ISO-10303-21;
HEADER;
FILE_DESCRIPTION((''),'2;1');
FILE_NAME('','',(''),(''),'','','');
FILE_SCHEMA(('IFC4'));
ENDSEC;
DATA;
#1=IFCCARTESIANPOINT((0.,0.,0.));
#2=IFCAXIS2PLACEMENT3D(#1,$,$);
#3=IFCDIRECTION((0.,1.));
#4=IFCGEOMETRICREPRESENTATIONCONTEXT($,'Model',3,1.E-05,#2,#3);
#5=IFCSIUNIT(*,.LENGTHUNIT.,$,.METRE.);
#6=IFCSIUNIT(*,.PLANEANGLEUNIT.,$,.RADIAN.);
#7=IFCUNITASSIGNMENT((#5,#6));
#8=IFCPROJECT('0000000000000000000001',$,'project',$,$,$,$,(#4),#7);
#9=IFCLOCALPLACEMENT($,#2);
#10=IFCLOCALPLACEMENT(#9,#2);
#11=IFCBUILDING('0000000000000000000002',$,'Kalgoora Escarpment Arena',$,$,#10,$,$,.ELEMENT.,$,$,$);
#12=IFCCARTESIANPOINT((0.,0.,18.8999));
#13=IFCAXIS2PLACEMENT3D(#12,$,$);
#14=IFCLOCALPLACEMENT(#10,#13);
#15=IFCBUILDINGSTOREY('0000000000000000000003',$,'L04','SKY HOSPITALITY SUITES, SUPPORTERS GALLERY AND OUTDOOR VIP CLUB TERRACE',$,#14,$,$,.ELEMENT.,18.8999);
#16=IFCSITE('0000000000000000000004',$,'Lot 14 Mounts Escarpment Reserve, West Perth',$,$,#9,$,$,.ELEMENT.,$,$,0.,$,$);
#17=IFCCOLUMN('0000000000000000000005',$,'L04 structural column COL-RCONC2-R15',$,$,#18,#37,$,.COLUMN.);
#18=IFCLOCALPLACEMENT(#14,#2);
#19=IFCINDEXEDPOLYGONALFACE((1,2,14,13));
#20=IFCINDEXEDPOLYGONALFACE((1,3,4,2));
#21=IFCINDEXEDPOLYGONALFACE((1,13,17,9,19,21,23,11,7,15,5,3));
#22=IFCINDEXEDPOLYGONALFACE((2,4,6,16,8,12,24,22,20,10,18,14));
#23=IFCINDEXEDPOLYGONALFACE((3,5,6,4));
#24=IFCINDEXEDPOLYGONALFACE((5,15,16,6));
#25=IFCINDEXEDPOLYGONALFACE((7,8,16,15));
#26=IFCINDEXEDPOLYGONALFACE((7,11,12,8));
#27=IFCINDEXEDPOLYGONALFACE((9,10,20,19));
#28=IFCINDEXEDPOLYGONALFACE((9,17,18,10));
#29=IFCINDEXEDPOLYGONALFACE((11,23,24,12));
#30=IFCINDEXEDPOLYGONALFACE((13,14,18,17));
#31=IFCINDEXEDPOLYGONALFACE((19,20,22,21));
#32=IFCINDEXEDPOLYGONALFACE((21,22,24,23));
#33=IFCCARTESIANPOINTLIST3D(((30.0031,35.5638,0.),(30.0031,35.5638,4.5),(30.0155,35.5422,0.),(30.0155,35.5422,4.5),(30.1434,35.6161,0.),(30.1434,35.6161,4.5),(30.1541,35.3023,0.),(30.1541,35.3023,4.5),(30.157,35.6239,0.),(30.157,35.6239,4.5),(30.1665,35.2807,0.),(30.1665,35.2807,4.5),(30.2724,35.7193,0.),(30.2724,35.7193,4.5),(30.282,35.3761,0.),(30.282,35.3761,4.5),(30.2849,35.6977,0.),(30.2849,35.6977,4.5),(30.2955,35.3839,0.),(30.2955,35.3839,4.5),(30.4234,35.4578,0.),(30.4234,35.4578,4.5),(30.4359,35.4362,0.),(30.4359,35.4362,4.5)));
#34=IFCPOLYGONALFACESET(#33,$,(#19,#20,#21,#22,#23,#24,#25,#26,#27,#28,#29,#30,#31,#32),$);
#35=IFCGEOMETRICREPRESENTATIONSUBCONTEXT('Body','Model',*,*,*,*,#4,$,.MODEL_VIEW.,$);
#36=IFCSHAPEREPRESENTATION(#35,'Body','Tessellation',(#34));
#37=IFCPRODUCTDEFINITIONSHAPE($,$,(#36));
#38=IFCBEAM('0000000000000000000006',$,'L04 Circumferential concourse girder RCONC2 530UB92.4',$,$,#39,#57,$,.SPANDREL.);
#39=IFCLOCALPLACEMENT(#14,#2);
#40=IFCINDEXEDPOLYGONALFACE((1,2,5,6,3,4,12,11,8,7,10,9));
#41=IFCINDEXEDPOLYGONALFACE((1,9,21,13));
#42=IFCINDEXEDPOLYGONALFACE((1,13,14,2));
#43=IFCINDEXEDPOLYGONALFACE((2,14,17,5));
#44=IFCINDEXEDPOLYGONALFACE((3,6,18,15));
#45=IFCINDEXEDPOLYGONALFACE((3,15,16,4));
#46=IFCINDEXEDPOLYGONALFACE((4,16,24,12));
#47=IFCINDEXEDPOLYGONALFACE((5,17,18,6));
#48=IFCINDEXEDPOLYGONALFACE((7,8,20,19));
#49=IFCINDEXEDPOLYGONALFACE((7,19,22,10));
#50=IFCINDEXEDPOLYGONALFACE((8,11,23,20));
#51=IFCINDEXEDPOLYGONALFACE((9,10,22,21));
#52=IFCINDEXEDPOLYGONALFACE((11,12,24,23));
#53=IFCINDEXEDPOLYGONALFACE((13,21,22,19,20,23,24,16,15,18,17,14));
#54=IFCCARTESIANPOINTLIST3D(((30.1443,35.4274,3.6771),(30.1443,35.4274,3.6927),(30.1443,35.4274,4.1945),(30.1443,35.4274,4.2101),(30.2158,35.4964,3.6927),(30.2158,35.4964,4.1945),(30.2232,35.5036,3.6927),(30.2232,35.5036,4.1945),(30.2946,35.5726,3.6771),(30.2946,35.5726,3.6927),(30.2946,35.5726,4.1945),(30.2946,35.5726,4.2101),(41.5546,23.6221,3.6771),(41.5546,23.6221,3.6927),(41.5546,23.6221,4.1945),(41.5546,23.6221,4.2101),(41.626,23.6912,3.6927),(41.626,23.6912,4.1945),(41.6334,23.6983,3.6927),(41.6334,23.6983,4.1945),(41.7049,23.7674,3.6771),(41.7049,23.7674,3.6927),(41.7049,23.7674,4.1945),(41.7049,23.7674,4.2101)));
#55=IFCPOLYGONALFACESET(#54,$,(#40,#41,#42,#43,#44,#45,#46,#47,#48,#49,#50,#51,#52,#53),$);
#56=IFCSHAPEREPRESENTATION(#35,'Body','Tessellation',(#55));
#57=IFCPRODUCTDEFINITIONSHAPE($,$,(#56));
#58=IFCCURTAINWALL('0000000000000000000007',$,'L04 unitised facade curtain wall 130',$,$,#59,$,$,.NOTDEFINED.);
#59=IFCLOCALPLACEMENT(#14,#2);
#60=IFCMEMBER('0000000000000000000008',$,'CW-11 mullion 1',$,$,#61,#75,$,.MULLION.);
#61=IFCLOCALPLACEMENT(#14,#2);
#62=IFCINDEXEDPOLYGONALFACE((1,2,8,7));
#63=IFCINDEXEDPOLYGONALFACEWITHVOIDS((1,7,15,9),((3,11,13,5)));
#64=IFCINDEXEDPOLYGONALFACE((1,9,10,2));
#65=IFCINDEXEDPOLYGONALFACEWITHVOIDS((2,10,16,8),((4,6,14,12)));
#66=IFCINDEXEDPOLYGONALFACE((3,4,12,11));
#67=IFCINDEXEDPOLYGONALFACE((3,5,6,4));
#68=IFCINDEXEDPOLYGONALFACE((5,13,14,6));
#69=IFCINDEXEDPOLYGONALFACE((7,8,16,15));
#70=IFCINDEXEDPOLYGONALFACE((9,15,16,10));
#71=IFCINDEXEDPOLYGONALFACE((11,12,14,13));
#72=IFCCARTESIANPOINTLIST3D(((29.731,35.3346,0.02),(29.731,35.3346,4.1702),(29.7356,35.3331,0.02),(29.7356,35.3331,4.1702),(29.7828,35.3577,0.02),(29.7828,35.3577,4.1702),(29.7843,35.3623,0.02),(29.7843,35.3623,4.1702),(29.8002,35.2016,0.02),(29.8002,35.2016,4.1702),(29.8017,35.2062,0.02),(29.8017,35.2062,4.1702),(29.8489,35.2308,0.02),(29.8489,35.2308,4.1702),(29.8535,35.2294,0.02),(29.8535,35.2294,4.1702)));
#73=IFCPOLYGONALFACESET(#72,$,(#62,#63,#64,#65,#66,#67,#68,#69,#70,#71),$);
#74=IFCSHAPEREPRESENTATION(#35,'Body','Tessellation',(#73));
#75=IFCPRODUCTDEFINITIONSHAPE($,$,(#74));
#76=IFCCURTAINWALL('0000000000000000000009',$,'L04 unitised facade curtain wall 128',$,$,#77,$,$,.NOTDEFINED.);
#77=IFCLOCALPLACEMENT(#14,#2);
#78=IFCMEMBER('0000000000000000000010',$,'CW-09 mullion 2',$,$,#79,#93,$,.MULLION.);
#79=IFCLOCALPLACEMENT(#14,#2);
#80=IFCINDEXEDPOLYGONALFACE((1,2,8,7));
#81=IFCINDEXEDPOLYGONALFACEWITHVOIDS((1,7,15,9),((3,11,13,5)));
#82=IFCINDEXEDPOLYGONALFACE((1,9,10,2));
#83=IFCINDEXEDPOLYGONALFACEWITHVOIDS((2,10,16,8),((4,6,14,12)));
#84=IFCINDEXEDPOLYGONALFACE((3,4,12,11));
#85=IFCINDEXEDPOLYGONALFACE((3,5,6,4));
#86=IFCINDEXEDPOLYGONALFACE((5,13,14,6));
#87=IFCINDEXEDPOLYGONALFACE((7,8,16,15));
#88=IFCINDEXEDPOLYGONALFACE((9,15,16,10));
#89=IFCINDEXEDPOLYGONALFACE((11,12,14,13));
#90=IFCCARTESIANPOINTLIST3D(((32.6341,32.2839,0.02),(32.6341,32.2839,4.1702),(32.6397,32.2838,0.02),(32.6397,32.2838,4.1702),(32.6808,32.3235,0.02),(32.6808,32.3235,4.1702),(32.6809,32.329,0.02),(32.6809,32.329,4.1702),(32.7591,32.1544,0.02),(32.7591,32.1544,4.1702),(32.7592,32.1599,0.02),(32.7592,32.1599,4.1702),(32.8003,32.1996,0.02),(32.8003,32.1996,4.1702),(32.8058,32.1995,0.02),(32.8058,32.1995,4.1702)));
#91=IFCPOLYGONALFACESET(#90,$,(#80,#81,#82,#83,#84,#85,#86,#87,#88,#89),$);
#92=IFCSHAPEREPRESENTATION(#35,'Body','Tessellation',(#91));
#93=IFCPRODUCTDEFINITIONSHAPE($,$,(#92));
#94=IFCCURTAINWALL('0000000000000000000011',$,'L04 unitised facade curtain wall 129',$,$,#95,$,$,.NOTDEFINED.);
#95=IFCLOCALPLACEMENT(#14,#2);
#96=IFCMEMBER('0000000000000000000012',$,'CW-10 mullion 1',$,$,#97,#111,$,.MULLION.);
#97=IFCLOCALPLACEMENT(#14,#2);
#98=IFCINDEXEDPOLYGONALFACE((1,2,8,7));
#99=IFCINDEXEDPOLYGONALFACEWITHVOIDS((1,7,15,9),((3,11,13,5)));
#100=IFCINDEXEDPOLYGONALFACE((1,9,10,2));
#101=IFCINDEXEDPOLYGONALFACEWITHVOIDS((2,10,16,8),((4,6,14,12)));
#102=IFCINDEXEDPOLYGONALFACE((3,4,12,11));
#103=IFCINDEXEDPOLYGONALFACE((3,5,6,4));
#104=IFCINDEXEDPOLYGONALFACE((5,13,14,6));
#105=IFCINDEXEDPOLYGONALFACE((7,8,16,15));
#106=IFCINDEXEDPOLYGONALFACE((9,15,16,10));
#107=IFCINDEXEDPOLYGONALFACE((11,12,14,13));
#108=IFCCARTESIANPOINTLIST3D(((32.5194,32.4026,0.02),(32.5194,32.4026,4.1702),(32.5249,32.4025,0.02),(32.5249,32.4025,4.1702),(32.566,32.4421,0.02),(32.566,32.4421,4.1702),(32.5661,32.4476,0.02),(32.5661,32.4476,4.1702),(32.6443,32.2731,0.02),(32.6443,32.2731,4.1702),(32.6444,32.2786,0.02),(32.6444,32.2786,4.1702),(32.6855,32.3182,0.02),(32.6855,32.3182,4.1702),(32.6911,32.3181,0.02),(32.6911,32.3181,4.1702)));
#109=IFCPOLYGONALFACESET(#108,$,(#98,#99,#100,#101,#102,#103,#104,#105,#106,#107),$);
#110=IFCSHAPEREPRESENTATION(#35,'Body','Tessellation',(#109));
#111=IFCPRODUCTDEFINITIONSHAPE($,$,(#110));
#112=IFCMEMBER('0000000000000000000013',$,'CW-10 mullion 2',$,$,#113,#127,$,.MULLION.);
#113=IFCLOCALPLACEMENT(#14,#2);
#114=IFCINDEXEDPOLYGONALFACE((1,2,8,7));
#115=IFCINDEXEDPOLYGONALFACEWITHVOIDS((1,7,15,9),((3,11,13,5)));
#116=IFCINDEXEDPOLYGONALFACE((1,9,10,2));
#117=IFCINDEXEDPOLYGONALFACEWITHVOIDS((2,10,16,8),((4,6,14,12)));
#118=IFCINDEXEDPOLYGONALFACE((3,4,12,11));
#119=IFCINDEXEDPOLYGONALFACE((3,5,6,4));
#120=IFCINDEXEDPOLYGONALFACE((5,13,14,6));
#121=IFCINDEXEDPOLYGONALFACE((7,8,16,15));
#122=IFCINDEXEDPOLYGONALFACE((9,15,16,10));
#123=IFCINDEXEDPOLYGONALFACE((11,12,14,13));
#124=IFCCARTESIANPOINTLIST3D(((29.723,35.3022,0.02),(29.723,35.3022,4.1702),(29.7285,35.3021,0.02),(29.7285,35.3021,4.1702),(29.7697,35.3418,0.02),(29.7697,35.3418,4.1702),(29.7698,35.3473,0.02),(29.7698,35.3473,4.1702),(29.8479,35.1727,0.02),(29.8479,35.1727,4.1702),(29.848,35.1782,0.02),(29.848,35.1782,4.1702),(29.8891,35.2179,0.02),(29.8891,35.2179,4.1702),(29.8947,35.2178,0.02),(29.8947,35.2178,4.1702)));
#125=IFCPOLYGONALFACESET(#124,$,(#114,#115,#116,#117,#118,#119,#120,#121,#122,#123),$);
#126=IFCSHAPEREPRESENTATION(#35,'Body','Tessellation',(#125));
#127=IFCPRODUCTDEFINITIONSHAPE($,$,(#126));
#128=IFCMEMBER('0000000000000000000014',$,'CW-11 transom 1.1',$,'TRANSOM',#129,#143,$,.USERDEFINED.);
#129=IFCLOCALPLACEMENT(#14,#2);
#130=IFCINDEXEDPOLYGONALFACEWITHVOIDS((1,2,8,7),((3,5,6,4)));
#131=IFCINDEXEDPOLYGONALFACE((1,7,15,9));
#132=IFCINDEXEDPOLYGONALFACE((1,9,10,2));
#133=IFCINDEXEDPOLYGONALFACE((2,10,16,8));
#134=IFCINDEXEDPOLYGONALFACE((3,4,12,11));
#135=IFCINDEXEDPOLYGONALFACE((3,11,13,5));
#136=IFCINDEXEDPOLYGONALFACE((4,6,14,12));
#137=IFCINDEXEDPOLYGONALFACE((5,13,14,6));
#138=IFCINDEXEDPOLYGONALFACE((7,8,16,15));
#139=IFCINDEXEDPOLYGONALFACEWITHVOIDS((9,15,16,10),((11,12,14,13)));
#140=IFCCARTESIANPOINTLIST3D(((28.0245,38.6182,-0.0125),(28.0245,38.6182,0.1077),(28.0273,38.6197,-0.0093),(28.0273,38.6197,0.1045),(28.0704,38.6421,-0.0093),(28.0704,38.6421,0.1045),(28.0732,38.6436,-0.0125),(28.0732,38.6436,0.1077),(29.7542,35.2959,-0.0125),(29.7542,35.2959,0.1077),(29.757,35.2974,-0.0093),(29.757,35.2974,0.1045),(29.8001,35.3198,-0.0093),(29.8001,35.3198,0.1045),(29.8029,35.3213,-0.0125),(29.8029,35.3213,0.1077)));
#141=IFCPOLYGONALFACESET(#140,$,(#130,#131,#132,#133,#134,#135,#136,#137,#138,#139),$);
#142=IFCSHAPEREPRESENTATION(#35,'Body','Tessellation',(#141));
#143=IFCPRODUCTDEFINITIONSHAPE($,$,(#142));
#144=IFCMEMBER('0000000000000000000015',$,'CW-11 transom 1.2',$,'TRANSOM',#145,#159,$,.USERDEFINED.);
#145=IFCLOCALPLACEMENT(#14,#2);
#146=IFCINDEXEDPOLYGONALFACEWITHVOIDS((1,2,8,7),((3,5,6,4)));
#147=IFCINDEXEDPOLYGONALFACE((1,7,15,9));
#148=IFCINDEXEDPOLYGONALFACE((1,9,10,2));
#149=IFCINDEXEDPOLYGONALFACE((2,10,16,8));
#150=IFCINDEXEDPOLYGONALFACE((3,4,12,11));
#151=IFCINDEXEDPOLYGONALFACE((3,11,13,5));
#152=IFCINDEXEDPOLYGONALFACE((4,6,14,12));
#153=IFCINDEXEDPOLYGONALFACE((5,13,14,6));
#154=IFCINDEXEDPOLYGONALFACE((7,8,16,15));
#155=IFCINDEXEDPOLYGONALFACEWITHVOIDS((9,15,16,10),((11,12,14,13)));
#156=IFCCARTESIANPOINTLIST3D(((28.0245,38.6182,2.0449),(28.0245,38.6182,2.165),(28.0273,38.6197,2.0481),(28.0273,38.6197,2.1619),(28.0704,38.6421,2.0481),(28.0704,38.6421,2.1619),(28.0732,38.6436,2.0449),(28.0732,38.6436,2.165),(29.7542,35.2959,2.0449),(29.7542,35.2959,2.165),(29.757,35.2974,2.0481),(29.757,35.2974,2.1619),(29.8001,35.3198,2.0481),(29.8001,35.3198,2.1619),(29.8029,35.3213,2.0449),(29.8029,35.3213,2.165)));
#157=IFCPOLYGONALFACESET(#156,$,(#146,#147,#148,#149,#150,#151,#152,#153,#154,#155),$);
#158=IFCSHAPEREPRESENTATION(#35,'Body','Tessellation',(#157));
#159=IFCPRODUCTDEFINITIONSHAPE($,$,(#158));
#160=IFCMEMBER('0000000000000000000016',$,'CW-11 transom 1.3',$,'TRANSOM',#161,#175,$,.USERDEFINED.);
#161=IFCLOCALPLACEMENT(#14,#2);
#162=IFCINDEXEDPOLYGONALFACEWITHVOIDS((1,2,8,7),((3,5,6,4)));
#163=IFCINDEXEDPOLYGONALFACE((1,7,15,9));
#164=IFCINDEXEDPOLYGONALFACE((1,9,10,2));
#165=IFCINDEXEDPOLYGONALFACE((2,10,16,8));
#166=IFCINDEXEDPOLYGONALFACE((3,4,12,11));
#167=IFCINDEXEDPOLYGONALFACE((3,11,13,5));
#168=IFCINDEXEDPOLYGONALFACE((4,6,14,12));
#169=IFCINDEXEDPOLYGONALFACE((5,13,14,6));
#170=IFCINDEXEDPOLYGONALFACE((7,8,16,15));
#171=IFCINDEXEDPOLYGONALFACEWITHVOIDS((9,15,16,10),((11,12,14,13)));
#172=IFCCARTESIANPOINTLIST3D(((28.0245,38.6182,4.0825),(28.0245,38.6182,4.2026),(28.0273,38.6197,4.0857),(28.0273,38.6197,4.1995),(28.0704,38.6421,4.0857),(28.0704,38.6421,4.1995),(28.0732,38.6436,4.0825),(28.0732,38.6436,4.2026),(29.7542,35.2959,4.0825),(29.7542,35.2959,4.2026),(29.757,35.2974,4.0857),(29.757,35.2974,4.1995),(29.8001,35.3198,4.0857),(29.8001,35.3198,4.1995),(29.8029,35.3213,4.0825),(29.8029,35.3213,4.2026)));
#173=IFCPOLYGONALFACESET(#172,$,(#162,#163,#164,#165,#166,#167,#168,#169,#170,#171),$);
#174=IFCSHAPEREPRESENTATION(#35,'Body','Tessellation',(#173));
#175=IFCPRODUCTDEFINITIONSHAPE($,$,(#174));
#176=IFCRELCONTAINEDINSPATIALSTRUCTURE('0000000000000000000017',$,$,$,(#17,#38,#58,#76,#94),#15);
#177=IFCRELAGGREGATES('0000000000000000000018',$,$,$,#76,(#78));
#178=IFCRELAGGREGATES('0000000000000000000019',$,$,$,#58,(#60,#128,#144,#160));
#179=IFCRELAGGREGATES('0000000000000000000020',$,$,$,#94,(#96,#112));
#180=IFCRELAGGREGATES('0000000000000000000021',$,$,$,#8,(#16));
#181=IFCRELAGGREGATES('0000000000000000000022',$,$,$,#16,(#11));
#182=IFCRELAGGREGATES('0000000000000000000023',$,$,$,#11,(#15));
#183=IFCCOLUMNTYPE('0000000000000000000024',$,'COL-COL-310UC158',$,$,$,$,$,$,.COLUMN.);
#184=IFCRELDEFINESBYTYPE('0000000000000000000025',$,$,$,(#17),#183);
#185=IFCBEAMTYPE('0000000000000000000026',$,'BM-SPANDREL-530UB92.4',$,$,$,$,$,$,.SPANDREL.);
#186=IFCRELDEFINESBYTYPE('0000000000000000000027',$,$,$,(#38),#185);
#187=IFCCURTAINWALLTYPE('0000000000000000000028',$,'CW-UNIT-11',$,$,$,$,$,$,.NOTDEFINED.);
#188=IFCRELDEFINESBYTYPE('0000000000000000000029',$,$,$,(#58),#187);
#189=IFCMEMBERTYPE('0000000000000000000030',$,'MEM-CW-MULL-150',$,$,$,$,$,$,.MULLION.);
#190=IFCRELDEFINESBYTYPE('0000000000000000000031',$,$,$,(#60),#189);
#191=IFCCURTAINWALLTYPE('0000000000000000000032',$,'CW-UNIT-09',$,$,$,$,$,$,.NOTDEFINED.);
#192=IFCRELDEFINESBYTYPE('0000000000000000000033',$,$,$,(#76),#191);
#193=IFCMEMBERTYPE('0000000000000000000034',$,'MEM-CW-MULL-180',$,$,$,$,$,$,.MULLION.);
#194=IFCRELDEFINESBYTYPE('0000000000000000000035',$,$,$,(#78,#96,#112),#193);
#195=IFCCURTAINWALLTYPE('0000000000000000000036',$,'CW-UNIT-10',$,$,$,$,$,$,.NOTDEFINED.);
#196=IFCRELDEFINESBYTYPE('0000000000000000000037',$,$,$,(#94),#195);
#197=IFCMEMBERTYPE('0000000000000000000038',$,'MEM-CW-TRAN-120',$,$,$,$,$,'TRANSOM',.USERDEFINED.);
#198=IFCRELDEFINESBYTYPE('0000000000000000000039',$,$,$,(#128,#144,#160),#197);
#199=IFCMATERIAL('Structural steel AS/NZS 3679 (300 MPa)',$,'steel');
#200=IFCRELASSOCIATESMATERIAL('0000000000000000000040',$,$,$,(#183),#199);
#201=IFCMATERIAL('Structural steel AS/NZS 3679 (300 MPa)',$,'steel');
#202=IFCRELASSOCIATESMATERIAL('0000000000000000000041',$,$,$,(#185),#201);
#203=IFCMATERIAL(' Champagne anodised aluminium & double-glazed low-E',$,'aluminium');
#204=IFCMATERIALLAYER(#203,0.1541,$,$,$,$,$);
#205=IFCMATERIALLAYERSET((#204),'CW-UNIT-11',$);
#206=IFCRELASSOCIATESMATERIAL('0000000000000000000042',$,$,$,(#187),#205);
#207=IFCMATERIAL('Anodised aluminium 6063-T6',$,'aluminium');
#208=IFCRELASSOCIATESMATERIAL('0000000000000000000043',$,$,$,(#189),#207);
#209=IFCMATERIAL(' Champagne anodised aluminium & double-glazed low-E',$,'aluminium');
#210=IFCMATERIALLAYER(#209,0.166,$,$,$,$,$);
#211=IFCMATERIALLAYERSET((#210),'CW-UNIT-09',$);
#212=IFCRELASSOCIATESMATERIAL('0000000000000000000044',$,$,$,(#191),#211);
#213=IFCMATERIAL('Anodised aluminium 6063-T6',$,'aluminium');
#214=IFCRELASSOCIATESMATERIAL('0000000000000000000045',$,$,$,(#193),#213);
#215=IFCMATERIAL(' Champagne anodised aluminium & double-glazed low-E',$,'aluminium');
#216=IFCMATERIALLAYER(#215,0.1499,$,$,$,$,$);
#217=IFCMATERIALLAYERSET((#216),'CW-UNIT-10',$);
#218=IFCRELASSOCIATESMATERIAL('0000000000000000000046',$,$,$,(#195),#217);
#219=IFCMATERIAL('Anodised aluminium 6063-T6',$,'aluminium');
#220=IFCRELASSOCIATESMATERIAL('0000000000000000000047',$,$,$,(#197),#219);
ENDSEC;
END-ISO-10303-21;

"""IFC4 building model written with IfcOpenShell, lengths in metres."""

from ifc_helpers import new_model, si_unit, direction, frame, origin, origin_2d, place, context, subcontext, project, spatial, hollow_rectangle, i_section, extrude, material, layer, layer_set, material_profile, profile_set, type_object, element, aggregate, save


model = new_model("IFC4")

# Units and contexts
model_context = context("Model", 3, precision=1e-05, world=origin(), true_north=direction((0.0, 1.0)))
body_context = subcontext(model_context, "Body", "Model", "MODEL_VIEW")
ifc_project = project(units=[si_unit("LENGTHUNIT", "METRE"), si_unit("PLANEANGLEUNIT", "RADIAN")], contexts=[model_context])

# Site, building, storey
site_placement = place(None, origin())
site = spatial("IfcSite", under=ifc_project, at=site_placement, Name="Lot 14 Mounts Escarpment Reserve, West Perth", CompositionType="ELEMENT", RefElevation=0.0)
building_placement = place(site_placement, origin())
building = spatial("IfcBuilding", under=site, at=building_placement, Name="Kalgoora Escarpment Arena", CompositionType="ELEMENT")
storey_placement = place(building_placement, frame((0.0, 0.0, 18.8999)))
storey = spatial("IfcBuildingStorey", under=building, at=storey_placement, Name="L04", Description="SKY HOSPITALITY SUITES, SUPPORTERS GALLERY AND OUTDOOR VIP CLUB TERRACE", CompositionType="ELEMENT", Elevation=18.8999)

# Column
ifc_material_1 = material(Name="Structural steel AS/NZS 3679 (300 MPa)", Category="steel")
ifc_material_profile_1 = material_profile(ifc_material_1, i_section(OverallWidth=0.311, OverallDepth=0.3269, WebThickness=0.0156, FlangeThickness=0.0249, at=origin_2d()))
ifc_profile_set_1 = profile_set([ifc_material_profile_1], Name="Structural steel AS/NZS 3679 (300 MPa)")
column_type = type_object("IfcColumnType", Name="COL-COL-310UC158", PredefinedType="COLUMN", material=ifc_profile_set_1)
column_placement = place(storey_placement, frame((30.2195, 35.5, 0.0), z_axis=(0.0, 0.0, 1.0), x_axis=(-0.866025, -0.5, 0.0)))
element("IfcColumn", 1, at=column_placement, inside=storey, type_object=column_type, Name="L04 structural column COL-RCONC2-R15", PredefinedType="COLUMN", context=body_context, shape_type="SweptSolid", body=[
    extrude(i_section(OverallWidth=0.311, OverallDepth=0.3269, WebThickness=0.0156, FlangeThickness=0.0249, at=origin_2d()), origin(), (0.0, 0.0, 1.0), 4.5),
])

# Beam
ifc_material_2 = material(Name="Structural steel AS/NZS 3679 (300 MPa)", Category="steel")
ifc_material_profile_2 = material_profile(ifc_material_2, i_section(OverallWidth=0.209, OverallDepth=0.533, WebThickness=0.0103, FlangeThickness=0.0156, at=origin_2d()))
ifc_profile_set_2 = profile_set([ifc_material_profile_2], Name="Structural steel AS/NZS 3679 (300 MPa)")
beam_type = type_object("IfcBeamType", Name="BM-SPANDREL-530UB92.4", PredefinedType="SPANDREL", material=ifc_profile_set_2)
beam_placement = place(storey_placement, frame((30.2195, 35.5, 3.9436), z_axis=(0.694974, -0.719034, 0.0), x_axis=(0.719034, 0.694974, 0.0)))
element("IfcBeam", 2, at=beam_placement, inside=storey, type_object=beam_type, Name="L04 Circumferential concourse girder RCONC2 530UB92.4", PredefinedType="SPANDREL", context=body_context, shape_type="SweptSolid", body=[
    extrude(i_section(OverallWidth=0.209, OverallDepth=0.533, WebThickness=0.0103, FlangeThickness=0.0156, at=origin_2d()), origin(), (0.0, 0.0, 1.0), 16.4182),
])

# Curtain walls, members
ifc_material_3 = material(Name=" Champagne anodised aluminium & double-glazed low-E", Category="aluminium")
ifc_layer_1 = layer(ifc_material_3, 0.1541)
ifc_layer_set_1 = layer_set([ifc_layer_1], Name="CW-UNIT-11")
curtain_wall_type_1 = type_object("IfcCurtainWallType", Name="CW-UNIT-11", PredefinedType="NOTDEFINED", material=ifc_layer_set_1)
curtain_wall_1_placement = place(storey_placement, origin())
curtain_wall_1 = element("IfcCurtainWall", 3, at=curtain_wall_1_placement, inside=storey, type_object=curtain_wall_type_1, Name="L04 unitised facade curtain wall 130", PredefinedType="NOTDEFINED")
ifc_material_4 = material(Name="Anodised aluminium 6063-T6", Category="aluminium")
ifc_material_profile_3 = material_profile(ifc_material_4, hollow_rectangle(XDim=0.0601, YDim=0.1499, WallThickness=0.0034, at=origin_2d()))
ifc_profile_set_3 = profile_set([ifc_material_profile_3], Name="Anodised aluminium 6063-T6")
member_type_1 = type_object("IfcMemberType", Name="MEM-CW-MULL-150", PredefinedType="MULLION", material=ifc_profile_set_3)
member_1_placement = place(storey_placement, frame((29.7922, 35.282, 0.02), z_axis=(0.0, 0.0, 1.0), x_axis=(-0.886986, -0.461796, 0.0)))
member_1 = element("IfcMember", 4, at=member_1_placement, type_object=member_type_1, Name="CW-11 mullion 1", PredefinedType="MULLION", context=body_context, shape_type="SweptSolid", body=[
    extrude(hollow_rectangle(XDim=0.0601, YDim=0.1499, WallThickness=0.0034, at=origin_2d()), origin(), (0.0, 0.0, 1.0), 4.1501),
])
ifc_material_5 = material(Name=" Champagne anodised aluminium & double-glazed low-E", Category="aluminium")
ifc_layer_2 = layer(ifc_material_5, 0.166)
ifc_layer_set_2 = layer_set([ifc_layer_2], Name="CW-UNIT-09")
curtain_wall_type_2 = type_object("IfcCurtainWallType", Name="CW-UNIT-09", PredefinedType="NOTDEFINED", material=ifc_layer_set_2)
curtain_wall_2_placement = place(storey_placement, origin())
curtain_wall_2 = element("IfcCurtainWall", 5, at=curtain_wall_2_placement, inside=storey, type_object=curtain_wall_type_2, Name="L04 unitised facade curtain wall 128", PredefinedType="NOTDEFINED")
ifc_material_6 = material(Name="Anodised aluminium 6063-T6", Category="aluminium")
ifc_material_profile_4 = material_profile(ifc_material_6, hollow_rectangle(XDim=0.0649, YDim=0.1799, WallThickness=0.0039, at=origin_2d()))
ifc_profile_set_4 = profile_set([ifc_material_profile_4], Name="Anodised aluminium 6063-T6")
member_type_2 = type_object("IfcMemberType", Name="MEM-CW-MULL-180", PredefinedType="MULLION", material=ifc_profile_set_4)
member_2_placement = place(storey_placement, frame((32.72, 32.2417, 0.02), z_axis=(0.0, 0.0, 1.0), x_axis=(-0.719777, -0.694205, 0.0)))
member_2 = element("IfcMember", 6, at=member_2_placement, type_object=member_type_2, Name="CW-09 mullion 2", PredefinedType="MULLION", context=body_context, shape_type="SweptSolid", body=[
    extrude(hollow_rectangle(XDim=0.0649, YDim=0.1799, WallThickness=0.0039, at=origin_2d()), origin(), (0.0, 0.0, 1.0), 4.1501),
])

# Curtain wall, members
ifc_material_7 = material(Name=" Champagne anodised aluminium & double-glazed low-E", Category="aluminium")
ifc_layer_3 = layer(ifc_material_7, 0.1499)
ifc_layer_set_3 = layer_set([ifc_layer_3], Name="CW-UNIT-10")
curtain_wall_type_3 = type_object("IfcCurtainWallType", Name="CW-UNIT-10", PredefinedType="NOTDEFINED", material=ifc_layer_set_3)
curtain_wall_3_placement = place(storey_placement, origin())
curtain_wall_3 = element("IfcCurtainWall", 7, at=curtain_wall_3_placement, inside=storey, type_object=curtain_wall_type_3, Name="L04 unitised facade curtain wall 129", PredefinedType="NOTDEFINED")
member_3_placement = place(storey_placement, frame((32.6052, 32.3604, 0.02), z_axis=(0.0, 0.0, 1.0), x_axis=(-0.71978, -0.694202, 0.0)))
member_3 = element("IfcMember", 8, at=member_3_placement, type_object=member_type_2, Name="CW-10 mullion 1", PredefinedType="MULLION", context=body_context, shape_type="SweptSolid", body=[
    extrude(hollow_rectangle(XDim=0.0649, YDim=0.1799, WallThickness=0.0039, at=origin_2d()), origin(), (0.0, 0.0, 1.0), 4.1501),
])
member_4_placement = place(storey_placement, frame((29.8088, 35.26, 0.02), z_axis=(0.0, 0.0, 1.0), x_axis=(-0.71978, -0.694202, 0.0)))
member_4 = element("IfcMember", 9, at=member_4_placement, type_object=member_type_2, Name="CW-10 mullion 2", PredefinedType="MULLION", context=body_context, shape_type="SweptSolid", body=[
    extrude(hollow_rectangle(XDim=0.0649, YDim=0.1799, WallThickness=0.0039, at=origin_2d()), origin(), (0.0, 0.0, 1.0), 4.1501),
])

# Members
ifc_material_8 = material(Name="Anodised aluminium 6063-T6", Category="aluminium")
ifc_material_profile_5 = material_profile(ifc_material_8, hollow_rectangle(XDim=0.0549, YDim=0.1201, WallThickness=0.0032, at=origin_2d()))
ifc_profile_set_5 = profile_set([ifc_material_profile_5], Name="Anodised aluminium 6063-T6")
member_type_3 = type_object("IfcMemberType", Name="MEM-CW-TRAN-120", ElementType="TRANSOM", PredefinedType="USERDEFINED", material=ifc_profile_set_5)
member_5_placement = place(storey_placement, frame((29.7786, 35.3086, 0.0476), z_axis=(-0.461806, 0.886981, 0.0), x_axis=(-0.886981, -0.461806, 0.0)))
member_5 = element("IfcMember", 10, at=member_5_placement, type_object=member_type_3, Name="CW-11 transom 1.1", ObjectType="TRANSOM", PredefinedType="USERDEFINED", context=body_context, shape_type="SweptSolid", body=[
    extrude(hollow_rectangle(XDim=0.0549, YDim=0.1201, WallThickness=0.0032, at=origin_2d()), origin(), (0.0, 0.0, 1.0), 3.7456),
])
member_6_placement = place(storey_placement, frame((29.7786, 35.3086, 2.105), z_axis=(-0.461806, 0.886981, 0.0), x_axis=(-0.886981, -0.461806, 0.0)))
member_6 = element("IfcMember", 11, at=member_6_placement, type_object=member_type_3, Name="CW-11 transom 1.2", ObjectType="TRANSOM", PredefinedType="USERDEFINED", context=body_context, shape_type="SweptSolid", body=[
    extrude(hollow_rectangle(XDim=0.0549, YDim=0.1201, WallThickness=0.0032, at=origin_2d()), origin(), (0.0, 0.0, 1.0), 3.7456),
])
member_7_placement = place(storey_placement, frame((29.7786, 35.3086, 4.1426), z_axis=(-0.461806, 0.886981, 0.0), x_axis=(-0.886981, -0.461806, 0.0)))
member_7 = element("IfcMember", 12, at=member_7_placement, type_object=member_type_3, Name="CW-11 transom 1.3", ObjectType="TRANSOM", PredefinedType="USERDEFINED", context=body_context, shape_type="SweptSolid", body=[
    extrude(hollow_rectangle(XDim=0.0549, YDim=0.1201, WallThickness=0.0032, at=origin_2d()), origin(), (0.0, 0.0, 1.0), 3.7456),
])

aggregate(curtain_wall_2, [member_2])
aggregate(curtain_wall_1, [member_1, member_5, member_6, member_7])
aggregate(curtain_wall_3, [member_3, member_4])

save(model, "model.ifc")
